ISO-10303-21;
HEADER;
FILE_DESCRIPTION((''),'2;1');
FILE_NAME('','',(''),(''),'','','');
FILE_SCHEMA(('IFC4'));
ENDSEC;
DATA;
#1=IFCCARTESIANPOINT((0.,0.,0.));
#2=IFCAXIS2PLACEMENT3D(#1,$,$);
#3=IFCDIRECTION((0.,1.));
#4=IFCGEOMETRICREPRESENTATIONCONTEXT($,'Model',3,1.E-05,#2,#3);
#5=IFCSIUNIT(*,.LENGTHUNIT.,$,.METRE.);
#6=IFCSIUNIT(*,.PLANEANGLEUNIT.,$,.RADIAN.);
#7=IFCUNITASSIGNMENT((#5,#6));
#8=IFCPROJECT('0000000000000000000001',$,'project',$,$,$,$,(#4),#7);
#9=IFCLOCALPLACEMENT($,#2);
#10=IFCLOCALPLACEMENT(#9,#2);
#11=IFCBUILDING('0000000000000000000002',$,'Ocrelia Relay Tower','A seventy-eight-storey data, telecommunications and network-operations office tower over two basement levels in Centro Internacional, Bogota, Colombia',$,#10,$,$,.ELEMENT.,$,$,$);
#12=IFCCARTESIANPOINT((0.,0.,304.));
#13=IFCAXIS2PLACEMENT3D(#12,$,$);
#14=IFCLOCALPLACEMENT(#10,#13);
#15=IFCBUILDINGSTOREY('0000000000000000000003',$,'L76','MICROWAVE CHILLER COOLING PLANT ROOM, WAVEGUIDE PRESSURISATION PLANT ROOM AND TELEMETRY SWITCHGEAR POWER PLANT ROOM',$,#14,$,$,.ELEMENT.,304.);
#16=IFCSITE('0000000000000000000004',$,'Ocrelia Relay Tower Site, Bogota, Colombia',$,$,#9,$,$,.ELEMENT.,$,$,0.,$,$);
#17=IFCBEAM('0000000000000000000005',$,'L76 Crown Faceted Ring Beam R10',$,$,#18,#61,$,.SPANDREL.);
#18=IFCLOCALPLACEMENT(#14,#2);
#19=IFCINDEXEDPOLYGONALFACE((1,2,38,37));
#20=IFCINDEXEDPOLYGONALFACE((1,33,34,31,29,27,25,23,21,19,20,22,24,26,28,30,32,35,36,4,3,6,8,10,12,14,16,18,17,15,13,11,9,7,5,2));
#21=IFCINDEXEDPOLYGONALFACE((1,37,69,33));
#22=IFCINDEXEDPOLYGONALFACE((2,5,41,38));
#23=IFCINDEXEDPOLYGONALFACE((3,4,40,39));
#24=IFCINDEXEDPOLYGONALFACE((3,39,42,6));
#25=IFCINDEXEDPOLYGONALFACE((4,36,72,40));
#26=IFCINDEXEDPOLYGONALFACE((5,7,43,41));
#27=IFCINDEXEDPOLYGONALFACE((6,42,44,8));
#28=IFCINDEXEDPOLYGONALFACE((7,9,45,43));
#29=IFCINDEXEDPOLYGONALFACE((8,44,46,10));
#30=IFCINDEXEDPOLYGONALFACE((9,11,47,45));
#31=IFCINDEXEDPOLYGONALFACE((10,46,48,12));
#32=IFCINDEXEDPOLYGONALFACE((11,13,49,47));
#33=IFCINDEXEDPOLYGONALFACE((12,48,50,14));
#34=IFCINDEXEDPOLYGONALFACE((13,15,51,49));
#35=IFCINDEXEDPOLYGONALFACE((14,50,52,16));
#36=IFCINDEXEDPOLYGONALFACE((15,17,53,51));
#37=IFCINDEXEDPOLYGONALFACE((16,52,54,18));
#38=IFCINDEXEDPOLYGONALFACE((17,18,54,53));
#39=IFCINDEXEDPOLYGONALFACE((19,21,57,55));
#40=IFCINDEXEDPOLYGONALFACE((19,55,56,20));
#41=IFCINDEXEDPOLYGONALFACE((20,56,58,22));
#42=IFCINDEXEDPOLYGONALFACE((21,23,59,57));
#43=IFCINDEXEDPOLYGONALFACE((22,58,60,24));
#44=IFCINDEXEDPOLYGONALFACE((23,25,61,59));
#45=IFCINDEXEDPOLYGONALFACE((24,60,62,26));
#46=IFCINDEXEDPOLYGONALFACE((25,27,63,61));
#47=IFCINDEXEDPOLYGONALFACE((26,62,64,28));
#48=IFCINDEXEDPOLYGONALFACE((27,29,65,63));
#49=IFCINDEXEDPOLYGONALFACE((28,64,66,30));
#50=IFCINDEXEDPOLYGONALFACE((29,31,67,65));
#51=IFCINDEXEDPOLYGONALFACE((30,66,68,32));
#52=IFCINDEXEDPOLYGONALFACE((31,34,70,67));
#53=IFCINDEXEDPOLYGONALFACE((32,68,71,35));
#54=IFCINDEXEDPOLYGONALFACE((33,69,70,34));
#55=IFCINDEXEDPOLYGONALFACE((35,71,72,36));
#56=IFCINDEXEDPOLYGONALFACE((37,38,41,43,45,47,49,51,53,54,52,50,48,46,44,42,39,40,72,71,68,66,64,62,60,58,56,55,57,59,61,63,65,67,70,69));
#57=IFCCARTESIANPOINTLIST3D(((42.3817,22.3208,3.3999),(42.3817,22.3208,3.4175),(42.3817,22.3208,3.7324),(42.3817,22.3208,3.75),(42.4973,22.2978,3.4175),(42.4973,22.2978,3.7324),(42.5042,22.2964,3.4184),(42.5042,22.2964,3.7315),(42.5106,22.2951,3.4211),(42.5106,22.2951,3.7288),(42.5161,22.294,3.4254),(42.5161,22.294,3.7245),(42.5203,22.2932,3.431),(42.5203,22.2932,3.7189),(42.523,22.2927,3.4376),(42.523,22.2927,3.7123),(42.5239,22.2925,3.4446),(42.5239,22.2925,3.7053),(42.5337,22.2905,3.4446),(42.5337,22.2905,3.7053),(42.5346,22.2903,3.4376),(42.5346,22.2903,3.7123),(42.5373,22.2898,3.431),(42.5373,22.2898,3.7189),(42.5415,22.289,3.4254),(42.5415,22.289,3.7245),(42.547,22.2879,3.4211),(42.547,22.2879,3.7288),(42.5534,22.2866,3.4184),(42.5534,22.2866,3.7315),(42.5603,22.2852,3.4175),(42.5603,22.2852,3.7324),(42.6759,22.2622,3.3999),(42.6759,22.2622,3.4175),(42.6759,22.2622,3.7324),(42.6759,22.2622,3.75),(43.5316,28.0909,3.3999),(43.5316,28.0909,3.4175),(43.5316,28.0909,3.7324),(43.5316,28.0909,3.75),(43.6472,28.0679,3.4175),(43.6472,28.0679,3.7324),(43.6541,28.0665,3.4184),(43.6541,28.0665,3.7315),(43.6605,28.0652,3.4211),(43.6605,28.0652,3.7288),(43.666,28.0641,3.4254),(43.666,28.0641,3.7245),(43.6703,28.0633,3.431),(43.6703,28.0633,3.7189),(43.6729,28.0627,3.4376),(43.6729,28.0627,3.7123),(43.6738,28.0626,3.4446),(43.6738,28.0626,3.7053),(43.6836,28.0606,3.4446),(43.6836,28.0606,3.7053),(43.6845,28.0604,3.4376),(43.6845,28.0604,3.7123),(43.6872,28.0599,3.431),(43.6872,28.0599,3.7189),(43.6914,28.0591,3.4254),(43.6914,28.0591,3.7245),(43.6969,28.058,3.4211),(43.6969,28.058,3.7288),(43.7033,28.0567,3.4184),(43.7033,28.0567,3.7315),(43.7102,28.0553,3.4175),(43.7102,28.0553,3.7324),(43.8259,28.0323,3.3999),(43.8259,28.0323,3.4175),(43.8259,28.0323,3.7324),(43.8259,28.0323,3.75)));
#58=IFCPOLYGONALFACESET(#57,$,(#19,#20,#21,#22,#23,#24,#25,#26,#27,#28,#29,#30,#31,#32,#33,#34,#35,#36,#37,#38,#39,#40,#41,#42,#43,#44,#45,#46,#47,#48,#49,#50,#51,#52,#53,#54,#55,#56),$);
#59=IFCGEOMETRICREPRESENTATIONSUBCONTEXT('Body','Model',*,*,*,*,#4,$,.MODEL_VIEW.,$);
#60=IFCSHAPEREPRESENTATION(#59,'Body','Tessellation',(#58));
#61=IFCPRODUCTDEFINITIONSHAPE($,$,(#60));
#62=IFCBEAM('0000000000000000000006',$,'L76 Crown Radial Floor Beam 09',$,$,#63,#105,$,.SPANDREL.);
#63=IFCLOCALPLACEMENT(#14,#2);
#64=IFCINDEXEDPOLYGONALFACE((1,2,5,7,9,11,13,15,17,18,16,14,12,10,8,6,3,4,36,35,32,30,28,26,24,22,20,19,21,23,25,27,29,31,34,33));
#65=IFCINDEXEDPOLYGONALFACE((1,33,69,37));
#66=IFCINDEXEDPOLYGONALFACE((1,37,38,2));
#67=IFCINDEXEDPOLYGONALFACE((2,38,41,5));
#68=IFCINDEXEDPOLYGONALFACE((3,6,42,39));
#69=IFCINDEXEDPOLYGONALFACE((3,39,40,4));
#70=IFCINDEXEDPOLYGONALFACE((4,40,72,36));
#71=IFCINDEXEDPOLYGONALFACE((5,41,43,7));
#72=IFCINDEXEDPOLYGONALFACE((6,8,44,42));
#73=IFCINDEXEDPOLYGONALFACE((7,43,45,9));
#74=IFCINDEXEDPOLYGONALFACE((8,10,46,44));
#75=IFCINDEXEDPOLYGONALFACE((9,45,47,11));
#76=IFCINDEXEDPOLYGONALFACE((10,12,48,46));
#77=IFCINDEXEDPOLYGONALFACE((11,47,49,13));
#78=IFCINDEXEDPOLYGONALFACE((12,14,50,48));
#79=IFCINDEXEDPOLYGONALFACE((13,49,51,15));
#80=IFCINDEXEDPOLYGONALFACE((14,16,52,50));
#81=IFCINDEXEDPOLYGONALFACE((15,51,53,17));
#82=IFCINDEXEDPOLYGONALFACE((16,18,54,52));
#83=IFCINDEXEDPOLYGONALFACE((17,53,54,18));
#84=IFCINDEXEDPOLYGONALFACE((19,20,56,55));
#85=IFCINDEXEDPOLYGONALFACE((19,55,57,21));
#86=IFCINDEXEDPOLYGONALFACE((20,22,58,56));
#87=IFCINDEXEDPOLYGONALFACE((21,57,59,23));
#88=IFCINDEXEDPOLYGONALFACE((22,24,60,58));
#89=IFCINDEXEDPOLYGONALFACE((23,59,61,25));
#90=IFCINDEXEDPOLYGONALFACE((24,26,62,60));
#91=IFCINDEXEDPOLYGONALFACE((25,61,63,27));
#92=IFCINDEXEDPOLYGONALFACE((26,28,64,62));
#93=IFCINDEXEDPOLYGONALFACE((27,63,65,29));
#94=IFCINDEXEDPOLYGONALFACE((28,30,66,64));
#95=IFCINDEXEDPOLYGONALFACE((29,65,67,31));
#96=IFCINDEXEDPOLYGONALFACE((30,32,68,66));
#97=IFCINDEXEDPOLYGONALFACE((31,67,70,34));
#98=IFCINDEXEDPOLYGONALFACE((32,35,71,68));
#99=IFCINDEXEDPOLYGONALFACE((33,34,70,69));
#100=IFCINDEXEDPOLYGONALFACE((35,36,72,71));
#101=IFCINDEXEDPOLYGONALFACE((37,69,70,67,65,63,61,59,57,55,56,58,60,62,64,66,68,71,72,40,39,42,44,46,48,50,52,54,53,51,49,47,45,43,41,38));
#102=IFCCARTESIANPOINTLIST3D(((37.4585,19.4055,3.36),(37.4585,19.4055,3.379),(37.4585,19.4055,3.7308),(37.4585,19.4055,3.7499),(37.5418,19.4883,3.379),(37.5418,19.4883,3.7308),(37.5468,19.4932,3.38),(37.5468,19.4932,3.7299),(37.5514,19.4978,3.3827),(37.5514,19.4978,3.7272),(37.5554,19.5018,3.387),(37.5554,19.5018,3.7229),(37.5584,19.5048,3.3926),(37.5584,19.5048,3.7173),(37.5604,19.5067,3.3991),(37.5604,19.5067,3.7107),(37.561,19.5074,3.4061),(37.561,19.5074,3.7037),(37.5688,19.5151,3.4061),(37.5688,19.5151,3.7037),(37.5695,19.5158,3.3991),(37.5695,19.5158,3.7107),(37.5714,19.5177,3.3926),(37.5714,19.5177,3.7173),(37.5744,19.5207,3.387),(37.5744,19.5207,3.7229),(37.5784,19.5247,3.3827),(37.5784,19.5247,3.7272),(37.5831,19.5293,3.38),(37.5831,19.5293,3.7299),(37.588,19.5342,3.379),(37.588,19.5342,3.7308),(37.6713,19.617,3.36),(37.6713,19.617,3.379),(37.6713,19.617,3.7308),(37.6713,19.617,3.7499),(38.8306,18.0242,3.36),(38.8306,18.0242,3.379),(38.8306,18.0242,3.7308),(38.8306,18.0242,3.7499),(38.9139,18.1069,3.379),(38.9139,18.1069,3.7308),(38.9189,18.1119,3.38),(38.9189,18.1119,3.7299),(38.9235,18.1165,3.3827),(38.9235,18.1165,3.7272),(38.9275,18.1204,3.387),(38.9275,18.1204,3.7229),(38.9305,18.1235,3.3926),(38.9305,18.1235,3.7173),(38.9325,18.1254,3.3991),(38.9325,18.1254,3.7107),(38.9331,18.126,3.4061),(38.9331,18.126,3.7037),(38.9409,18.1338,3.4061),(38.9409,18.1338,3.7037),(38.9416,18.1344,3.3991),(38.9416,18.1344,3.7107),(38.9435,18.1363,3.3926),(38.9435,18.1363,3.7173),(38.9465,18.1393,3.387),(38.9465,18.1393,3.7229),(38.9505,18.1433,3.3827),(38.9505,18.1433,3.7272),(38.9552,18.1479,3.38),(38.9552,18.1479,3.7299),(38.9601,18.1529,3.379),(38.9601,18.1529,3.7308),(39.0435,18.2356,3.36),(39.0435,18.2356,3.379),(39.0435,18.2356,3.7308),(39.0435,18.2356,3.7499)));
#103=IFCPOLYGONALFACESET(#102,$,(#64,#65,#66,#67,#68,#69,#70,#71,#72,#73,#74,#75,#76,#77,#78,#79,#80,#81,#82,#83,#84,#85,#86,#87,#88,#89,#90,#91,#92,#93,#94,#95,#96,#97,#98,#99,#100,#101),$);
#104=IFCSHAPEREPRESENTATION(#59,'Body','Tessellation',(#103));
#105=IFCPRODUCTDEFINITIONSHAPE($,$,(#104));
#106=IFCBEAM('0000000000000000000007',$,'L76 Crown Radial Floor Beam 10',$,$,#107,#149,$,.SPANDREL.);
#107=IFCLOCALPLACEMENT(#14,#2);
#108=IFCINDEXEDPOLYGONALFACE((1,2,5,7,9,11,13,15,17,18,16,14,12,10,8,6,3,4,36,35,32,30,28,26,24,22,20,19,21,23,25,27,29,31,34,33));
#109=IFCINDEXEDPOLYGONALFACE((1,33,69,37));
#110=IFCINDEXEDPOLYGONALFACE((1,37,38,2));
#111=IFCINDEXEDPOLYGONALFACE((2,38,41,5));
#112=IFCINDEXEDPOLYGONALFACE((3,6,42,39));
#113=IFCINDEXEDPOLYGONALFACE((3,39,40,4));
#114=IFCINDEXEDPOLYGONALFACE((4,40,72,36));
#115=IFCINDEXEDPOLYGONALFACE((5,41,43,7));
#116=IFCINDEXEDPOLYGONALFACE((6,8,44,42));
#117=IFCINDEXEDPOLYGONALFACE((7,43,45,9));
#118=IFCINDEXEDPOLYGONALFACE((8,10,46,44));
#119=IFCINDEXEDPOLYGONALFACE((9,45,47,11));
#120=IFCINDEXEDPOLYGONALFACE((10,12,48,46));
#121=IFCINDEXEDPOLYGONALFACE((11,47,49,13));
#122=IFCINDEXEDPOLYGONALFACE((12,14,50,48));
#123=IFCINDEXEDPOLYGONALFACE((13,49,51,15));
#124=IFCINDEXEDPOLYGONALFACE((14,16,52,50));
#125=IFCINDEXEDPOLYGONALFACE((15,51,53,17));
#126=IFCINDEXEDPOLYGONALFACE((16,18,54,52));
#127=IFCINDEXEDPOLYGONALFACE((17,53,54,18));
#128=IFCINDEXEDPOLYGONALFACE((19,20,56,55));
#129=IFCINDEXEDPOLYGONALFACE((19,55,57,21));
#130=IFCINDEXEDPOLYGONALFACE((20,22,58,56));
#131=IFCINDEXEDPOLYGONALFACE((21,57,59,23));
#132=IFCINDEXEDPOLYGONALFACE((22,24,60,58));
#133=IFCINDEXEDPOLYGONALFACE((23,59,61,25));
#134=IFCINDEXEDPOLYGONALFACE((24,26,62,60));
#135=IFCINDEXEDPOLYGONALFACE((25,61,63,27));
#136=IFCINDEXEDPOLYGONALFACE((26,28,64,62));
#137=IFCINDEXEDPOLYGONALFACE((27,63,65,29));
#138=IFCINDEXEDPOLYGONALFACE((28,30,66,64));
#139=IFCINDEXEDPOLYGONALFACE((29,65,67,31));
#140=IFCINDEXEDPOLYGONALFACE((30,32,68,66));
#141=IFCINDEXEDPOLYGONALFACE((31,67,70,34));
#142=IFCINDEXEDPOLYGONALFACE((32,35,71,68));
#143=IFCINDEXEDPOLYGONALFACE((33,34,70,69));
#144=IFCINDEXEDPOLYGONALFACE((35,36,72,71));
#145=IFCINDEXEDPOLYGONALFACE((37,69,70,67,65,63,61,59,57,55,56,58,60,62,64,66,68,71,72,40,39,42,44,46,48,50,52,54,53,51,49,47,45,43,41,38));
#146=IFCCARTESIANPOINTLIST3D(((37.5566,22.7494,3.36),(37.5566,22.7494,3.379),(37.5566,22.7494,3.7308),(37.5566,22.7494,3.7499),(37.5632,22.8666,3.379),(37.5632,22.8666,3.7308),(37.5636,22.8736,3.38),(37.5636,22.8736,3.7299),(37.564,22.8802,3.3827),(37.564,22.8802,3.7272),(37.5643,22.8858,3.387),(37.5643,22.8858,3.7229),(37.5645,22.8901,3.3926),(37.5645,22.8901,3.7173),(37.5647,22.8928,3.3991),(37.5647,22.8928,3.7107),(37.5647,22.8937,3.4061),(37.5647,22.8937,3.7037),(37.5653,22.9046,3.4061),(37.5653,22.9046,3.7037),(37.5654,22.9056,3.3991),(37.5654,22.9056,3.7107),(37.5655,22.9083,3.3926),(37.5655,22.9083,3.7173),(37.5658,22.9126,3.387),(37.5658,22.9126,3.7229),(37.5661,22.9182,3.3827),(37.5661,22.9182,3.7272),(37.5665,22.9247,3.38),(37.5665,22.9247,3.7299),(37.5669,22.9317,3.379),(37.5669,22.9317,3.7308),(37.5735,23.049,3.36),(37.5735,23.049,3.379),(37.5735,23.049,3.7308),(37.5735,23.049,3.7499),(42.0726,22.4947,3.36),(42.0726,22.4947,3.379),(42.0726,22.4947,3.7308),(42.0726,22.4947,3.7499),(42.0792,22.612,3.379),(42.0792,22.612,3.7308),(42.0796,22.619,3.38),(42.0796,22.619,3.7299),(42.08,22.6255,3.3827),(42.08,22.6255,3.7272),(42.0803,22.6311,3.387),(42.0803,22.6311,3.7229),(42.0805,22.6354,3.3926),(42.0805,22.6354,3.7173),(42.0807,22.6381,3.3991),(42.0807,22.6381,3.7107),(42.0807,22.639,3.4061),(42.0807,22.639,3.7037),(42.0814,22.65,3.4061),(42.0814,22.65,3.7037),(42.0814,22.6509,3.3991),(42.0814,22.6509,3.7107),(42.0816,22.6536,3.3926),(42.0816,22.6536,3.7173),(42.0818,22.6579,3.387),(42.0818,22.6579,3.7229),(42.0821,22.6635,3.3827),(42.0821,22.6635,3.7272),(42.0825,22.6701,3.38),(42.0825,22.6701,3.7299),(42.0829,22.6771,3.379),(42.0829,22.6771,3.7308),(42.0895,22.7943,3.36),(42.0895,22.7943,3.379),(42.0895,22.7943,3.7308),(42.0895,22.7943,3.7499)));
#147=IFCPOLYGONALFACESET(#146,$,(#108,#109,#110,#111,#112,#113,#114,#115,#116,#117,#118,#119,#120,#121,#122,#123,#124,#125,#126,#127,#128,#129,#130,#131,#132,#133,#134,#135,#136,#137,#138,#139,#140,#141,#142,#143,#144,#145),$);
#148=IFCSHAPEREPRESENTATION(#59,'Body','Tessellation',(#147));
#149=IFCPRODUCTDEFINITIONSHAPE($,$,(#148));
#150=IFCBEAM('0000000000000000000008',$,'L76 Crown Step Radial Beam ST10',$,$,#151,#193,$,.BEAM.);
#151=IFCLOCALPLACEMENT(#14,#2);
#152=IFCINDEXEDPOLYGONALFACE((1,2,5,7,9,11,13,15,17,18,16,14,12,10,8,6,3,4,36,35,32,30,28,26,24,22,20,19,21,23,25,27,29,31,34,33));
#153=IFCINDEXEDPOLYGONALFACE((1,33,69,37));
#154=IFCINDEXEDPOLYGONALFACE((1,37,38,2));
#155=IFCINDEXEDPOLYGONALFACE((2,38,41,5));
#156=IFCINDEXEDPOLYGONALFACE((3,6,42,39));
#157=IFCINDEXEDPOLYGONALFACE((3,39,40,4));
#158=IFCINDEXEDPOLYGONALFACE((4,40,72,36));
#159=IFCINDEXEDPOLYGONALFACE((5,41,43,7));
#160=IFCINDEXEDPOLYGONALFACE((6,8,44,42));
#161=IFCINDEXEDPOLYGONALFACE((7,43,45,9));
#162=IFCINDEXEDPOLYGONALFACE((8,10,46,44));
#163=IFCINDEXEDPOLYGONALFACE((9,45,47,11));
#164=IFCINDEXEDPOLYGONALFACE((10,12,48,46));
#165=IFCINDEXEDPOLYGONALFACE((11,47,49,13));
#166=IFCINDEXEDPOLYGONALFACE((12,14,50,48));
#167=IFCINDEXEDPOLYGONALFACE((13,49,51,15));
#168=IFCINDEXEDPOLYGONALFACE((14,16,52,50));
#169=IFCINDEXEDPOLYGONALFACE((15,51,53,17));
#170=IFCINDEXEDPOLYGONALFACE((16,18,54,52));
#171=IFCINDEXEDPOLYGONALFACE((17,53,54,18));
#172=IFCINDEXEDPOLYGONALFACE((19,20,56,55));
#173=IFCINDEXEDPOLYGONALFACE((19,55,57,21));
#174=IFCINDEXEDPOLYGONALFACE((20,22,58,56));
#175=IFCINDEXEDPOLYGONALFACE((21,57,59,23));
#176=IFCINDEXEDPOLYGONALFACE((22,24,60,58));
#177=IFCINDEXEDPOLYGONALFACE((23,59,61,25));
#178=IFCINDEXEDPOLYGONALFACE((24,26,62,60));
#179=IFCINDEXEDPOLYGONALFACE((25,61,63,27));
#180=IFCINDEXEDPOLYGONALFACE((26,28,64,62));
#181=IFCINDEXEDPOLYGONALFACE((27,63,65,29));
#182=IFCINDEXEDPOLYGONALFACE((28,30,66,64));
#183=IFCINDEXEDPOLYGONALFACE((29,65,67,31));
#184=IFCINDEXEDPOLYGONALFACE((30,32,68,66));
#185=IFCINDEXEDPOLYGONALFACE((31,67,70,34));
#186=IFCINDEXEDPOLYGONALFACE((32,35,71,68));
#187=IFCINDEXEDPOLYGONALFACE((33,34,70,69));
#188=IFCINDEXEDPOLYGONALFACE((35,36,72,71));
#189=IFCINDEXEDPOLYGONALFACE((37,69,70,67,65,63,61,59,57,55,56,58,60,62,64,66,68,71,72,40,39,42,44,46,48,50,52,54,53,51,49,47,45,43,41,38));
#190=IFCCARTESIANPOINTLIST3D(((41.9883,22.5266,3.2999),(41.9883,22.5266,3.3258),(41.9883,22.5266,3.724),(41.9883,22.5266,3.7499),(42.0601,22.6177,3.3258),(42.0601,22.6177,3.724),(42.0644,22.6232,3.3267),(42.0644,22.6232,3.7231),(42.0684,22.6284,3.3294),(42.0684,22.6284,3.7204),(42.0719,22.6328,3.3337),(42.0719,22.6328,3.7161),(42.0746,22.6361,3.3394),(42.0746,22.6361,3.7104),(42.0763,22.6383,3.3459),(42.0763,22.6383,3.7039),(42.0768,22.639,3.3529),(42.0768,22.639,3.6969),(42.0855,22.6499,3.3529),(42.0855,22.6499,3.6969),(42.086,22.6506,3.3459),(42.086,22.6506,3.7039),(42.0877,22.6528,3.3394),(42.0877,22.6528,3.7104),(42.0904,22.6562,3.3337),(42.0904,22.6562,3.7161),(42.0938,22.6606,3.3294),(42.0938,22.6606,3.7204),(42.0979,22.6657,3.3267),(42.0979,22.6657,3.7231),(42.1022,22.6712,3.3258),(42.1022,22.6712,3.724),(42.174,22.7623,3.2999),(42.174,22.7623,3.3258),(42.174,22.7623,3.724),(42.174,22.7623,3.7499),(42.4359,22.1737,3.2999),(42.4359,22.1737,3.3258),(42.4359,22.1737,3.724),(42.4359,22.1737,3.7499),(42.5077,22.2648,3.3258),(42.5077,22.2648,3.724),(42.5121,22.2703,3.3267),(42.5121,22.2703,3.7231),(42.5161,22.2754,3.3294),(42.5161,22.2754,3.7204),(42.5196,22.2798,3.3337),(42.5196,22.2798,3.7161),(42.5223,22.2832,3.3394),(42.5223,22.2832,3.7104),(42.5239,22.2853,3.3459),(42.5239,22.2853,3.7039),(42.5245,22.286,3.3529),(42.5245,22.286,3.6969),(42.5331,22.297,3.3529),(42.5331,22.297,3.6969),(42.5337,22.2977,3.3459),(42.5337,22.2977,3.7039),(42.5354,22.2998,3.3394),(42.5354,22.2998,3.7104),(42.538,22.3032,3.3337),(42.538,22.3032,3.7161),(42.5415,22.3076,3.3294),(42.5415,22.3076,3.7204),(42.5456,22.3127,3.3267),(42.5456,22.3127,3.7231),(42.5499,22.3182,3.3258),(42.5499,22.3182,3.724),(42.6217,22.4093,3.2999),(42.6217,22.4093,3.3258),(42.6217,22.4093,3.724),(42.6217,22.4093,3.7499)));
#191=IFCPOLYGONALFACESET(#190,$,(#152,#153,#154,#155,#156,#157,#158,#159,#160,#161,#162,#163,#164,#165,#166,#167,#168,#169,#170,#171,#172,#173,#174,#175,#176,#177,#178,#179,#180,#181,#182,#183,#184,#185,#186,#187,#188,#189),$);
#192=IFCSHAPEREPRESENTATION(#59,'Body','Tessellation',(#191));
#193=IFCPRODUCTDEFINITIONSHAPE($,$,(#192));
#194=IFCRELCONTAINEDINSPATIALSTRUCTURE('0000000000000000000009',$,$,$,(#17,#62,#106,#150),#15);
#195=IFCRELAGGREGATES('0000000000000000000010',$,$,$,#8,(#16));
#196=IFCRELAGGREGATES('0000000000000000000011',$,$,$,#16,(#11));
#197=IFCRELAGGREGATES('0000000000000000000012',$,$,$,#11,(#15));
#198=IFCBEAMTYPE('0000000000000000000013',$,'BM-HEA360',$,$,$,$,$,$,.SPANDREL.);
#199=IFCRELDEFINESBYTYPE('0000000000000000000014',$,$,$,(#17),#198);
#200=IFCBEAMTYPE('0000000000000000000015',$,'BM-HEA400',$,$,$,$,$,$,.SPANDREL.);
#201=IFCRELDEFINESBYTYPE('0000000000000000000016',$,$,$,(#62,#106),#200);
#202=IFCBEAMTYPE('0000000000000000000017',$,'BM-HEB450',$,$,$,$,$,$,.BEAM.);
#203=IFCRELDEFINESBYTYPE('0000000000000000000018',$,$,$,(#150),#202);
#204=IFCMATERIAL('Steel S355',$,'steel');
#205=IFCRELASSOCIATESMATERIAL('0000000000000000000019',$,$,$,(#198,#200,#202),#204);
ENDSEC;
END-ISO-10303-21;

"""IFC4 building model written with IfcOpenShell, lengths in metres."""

from ifc_helpers import new_model, si_unit, direction, frame, origin, origin_2d, place, context, subcontext, project, spatial, i_section, extrude, material, material_profile, profile_set, type_object, element, save


model = new_model("IFC4")

# Units and contexts
model_context = context("Model", 3, precision=1e-05, world=origin(), true_north=direction((0.0, 1.0)))
body_context = subcontext(model_context, "Body", "Model", "MODEL_VIEW")
ifc_project = project(units=[si_unit("LENGTHUNIT", "METRE"), si_unit("PLANEANGLEUNIT", "RADIAN")], contexts=[model_context])

# Site, building, storey
site_placement = place(None, origin())
site = spatial("IfcSite", under=ifc_project, at=site_placement, Name="Ocrelia Relay Tower Site, Bogota, Colombia", CompositionType="ELEMENT", RefElevation=0.0)
building_placement = place(site_placement, origin())
building = spatial("IfcBuilding", under=site, at=building_placement, Name="Ocrelia Relay Tower", Description="A seventy-eight-storey data, telecommunications and network-operations office tower over two basement levels in Centro Internacional, Bogota, Colombia", CompositionType="ELEMENT")
storey_placement = place(building_placement, frame((0.0, 0.0, 304.0)))
storey = spatial("IfcBuildingStorey", under=building, at=storey_placement, Name="L76", Description="MICROWAVE CHILLER COOLING PLANT ROOM, WAVEGUIDE PRESSURISATION PLANT ROOM AND TELEMETRY SWITCHGEAR POWER PLANT ROOM", CompositionType="ELEMENT", Elevation=304.0)

# Beams
ifc_material_1 = material(Name="Steel S355", Category="steel")
ifc_material_profile_1 = material_profile(ifc_material_1, i_section(OverallWidth=0.3, OverallDepth=0.3501, WebThickness=0.01, FlangeThickness=0.0176, FilletRadius=0.0271, at=origin_2d()), Name="HEA 360")
ifc_profile_set_1 = profile_set([ifc_material_profile_1], Name="Steel S355")
beam_type_1 = type_object("IfcBeamType", Name="BM-HEA360", PredefinedType="SPANDREL", material=ifc_profile_set_1)
beam_1_placement = place(storey_placement, frame((42.5288, 22.2915, 3.575), z_axis=(0.195446, 0.980715, 0.0), x_axis=(-0.980715, 0.195446, 0.0)))
element("IfcBeam", 1, at=beam_1_placement, inside=storey, type_object=beam_type_1, Name="L76 Crown Faceted Ring Beam R10", PredefinedType="SPANDREL", context=body_context, shape_type="SweptSolid", body=[
    extrude(i_section(OverallWidth=0.3, OverallDepth=0.3501, WebThickness=0.01, FlangeThickness=0.0176, FilletRadius=0.0271, at=origin_2d()), origin(), (0.0, 0.0, 1.0), 5.8835),
])
ifc_material_profile_2 = material_profile(ifc_material_1, i_section(OverallWidth=0.3, OverallDepth=0.3899, WebThickness=0.011, FlangeThickness=0.019, FilletRadius=0.0271, at=origin_2d()), Name="HEA 400")
ifc_profile_set_2 = profile_set([ifc_material_profile_2], Name="Steel S355")
beam_type_2 = type_object("IfcBeamType", Name="BM-HEA400", PredefinedType="SPANDREL", material=ifc_profile_set_2)
beam_2_placement = place(storey_placement, frame((38.937, 18.1299, 3.5549), z_axis=(-0.70472, 0.709485, 0.0), x_axis=(-0.709485, -0.70472, 0.0)))
element("IfcBeam", 2, at=beam_2_placement, inside=storey, type_object=beam_type_2, Name="L76 Crown Radial Floor Beam 09", PredefinedType="SPANDREL", context=body_context, shape_type="SweptSolid", body=[
    extrude(i_section(OverallWidth=0.3, OverallDepth=0.3899, WebThickness=0.011, FlangeThickness=0.019, FilletRadius=0.0271, at=origin_2d()), origin(), (0.0, 0.0, 1.0), 1.947),
])
beam_3_placement = place(storey_placement, frame((42.0811, 22.6445, 3.5549), z_axis=(-0.998414, 0.056295, 0.0), x_axis=(-0.056295, -0.998414, 0.0)))
element("IfcBeam", 3, at=beam_3_placement, inside=storey, type_object=beam_type_2, Name="L76 Crown Radial Floor Beam 10", PredefinedType="SPANDREL", context=body_context, shape_type="SweptSolid", body=[
    extrude(i_section(OverallWidth=0.3, OverallDepth=0.3899, WebThickness=0.011, FlangeThickness=0.019, FilletRadius=0.0271, at=origin_2d()), origin(), (0.0, 0.0, 1.0), 4.5232),
])
ifc_material_profile_3 = material_profile(ifc_material_1, i_section(OverallWidth=0.3, OverallDepth=0.45, WebThickness=0.0139, FlangeThickness=0.0259, FilletRadius=0.0271, at=origin_2d()), Name="HEB 450")
ifc_profile_set_3 = profile_set([ifc_material_profile_3], Name="Steel S355")
beam_type_3 = type_object("IfcBeamType", Name="BM-HEB450", PredefinedType="BEAM", material=ifc_profile_set_3)
beam_4_placement = place(storey_placement, frame((42.5288, 22.2915, 3.5249), z_axis=(-0.785277, 0.619144, 0.0), x_axis=(-0.619144, -0.785277, 0.0)))
element("IfcBeam", 4, at=beam_4_placement, inside=storey, type_object=beam_type_3, Name="L76 Crown Step Radial Beam ST10", PredefinedType="BEAM", context=body_context, shape_type="SweptSolid", body=[
    extrude(i_section(OverallWidth=0.3, OverallDepth=0.45, WebThickness=0.0139, FlangeThickness=0.0259, FilletRadius=0.0271, at=origin_2d()), origin(), (0.0, 0.0, 1.0), 0.5701),
])

save(model, "model.ifc")
